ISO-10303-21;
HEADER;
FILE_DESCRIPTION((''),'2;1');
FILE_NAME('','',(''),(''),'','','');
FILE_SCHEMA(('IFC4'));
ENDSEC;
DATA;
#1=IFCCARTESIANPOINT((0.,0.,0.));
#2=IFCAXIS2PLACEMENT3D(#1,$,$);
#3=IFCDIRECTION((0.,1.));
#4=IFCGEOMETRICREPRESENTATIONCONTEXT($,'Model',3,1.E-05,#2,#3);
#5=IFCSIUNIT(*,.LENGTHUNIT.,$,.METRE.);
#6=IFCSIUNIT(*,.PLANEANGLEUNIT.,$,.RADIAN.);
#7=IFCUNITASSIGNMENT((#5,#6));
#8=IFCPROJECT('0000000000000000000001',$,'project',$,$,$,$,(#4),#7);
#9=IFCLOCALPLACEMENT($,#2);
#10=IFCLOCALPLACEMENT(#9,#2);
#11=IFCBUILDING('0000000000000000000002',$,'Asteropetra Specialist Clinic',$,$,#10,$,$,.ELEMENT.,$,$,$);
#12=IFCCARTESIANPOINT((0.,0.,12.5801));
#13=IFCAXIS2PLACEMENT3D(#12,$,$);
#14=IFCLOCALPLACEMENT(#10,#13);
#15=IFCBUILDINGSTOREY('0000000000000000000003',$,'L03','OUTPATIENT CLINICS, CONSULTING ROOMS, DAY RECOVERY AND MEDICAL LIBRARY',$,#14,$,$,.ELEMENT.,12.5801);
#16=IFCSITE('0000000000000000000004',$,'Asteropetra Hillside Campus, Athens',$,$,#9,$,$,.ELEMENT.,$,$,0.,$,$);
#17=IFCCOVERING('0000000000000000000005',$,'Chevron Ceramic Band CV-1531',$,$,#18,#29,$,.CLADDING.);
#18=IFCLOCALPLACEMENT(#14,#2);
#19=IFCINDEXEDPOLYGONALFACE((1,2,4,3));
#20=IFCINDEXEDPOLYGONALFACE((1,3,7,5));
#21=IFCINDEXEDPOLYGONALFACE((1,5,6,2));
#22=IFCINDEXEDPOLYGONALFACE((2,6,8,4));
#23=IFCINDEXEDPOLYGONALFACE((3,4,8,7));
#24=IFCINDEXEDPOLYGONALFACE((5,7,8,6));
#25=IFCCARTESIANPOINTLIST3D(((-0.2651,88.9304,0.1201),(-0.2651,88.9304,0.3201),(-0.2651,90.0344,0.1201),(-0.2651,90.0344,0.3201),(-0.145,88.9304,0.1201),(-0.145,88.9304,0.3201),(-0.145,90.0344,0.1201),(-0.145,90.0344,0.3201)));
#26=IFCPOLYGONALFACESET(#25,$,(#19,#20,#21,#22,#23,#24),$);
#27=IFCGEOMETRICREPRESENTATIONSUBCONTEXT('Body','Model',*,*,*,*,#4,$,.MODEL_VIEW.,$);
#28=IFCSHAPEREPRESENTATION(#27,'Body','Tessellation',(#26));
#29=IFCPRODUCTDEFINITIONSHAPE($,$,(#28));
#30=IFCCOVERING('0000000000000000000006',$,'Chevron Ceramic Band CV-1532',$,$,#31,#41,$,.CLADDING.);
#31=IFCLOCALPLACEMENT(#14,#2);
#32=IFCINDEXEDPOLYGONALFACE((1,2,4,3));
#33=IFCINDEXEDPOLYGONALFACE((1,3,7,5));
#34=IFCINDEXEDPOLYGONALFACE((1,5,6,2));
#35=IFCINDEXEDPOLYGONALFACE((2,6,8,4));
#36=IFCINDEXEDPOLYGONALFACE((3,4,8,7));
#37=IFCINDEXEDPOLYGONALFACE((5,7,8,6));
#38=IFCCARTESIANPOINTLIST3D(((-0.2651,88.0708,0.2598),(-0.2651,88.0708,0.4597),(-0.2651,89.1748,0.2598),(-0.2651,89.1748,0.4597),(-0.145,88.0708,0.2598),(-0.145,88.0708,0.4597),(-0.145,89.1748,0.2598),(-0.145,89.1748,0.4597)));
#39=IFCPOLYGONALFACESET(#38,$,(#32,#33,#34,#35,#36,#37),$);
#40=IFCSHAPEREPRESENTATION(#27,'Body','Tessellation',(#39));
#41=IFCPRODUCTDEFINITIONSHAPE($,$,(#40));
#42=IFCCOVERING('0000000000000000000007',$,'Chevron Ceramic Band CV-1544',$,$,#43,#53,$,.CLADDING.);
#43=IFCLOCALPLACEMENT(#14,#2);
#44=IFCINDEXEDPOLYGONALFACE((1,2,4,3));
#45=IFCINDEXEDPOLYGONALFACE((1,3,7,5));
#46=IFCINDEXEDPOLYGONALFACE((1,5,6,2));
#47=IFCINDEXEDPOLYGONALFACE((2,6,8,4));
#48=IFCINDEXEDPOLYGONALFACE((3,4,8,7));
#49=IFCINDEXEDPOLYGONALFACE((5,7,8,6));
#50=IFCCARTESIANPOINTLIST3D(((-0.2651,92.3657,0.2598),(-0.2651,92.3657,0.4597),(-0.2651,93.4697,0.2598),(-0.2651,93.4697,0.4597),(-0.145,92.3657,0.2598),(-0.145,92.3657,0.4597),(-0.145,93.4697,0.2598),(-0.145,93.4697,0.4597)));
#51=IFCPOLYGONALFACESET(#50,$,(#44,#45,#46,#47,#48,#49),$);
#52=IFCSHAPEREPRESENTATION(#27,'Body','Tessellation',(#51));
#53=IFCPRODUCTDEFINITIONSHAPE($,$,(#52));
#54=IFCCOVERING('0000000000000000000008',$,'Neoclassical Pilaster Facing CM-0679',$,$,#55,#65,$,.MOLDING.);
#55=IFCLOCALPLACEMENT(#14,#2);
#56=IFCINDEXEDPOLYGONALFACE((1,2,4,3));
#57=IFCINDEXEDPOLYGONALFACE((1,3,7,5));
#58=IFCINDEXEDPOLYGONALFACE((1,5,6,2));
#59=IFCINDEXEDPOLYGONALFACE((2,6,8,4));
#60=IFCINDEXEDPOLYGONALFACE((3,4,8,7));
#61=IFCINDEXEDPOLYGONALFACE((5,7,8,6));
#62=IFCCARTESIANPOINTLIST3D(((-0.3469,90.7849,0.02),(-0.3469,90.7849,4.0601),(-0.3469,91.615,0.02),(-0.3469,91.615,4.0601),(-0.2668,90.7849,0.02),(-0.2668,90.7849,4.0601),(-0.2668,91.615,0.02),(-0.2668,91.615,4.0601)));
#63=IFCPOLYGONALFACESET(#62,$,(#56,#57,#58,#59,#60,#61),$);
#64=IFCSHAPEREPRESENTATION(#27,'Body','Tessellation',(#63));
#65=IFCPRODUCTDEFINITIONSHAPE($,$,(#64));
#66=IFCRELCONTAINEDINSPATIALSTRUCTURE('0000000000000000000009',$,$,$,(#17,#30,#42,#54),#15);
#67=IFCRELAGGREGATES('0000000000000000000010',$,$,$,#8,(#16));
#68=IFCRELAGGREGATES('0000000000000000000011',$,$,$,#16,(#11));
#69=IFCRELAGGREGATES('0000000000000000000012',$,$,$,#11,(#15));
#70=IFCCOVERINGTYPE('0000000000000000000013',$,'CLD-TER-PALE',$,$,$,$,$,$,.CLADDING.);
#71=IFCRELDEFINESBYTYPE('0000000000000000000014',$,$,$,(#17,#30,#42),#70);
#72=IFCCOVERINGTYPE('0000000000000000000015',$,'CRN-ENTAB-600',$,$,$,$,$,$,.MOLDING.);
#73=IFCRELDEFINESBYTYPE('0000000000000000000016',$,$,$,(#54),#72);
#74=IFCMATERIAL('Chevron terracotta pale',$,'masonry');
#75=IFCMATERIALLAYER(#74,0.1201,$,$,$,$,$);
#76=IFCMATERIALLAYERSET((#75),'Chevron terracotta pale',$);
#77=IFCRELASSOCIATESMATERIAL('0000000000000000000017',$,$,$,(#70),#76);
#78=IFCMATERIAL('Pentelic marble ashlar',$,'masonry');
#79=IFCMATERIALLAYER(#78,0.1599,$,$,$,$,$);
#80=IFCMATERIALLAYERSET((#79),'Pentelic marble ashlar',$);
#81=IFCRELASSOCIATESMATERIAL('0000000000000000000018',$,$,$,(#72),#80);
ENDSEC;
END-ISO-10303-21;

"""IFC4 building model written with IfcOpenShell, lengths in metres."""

from ifc_helpers import new_model, si_unit, direction, frame, origin, origin_2d, place, context, subcontext, project, spatial, rectangle, extrude, material, layer, layer_set, type_object, element, save


model = new_model("IFC4")

# Units and contexts
model_context = context("Model", 3, precision=1e-05, world=origin(), true_north=direction((0.0, 1.0)))
body_context = subcontext(model_context, "Body", "Model", "MODEL_VIEW")
ifc_project = project(units=[si_unit("LENGTHUNIT", "METRE"), si_unit("PLANEANGLEUNIT", "RADIAN")], contexts=[model_context])

# Site, building, storey
site_placement = place(None, origin())
site = spatial("IfcSite", under=ifc_project, at=site_placement, Name="Asteropetra Hillside Campus, Athens", CompositionType="ELEMENT", RefElevation=0.0)
building_placement = place(site_placement, origin())
building = spatial("IfcBuilding", under=site, at=building_placement, Name="Asteropetra Specialist Clinic", CompositionType="ELEMENT")
storey_placement = place(building_placement, frame((0.0, 0.0, 12.5801)))
storey = spatial("IfcBuildingStorey", under=building, at=storey_placement, Name="L03", Description="OUTPATIENT CLINICS, CONSULTING ROOMS, DAY RECOVERY AND MEDICAL LIBRARY", CompositionType="ELEMENT", Elevation=12.5801)

# Coverings
ifc_material_1 = material(Name="Chevron terracotta pale", Category="masonry")
ifc_layer_1 = layer(ifc_material_1, 0.1201)
ifc_layer_set_1 = layer_set([ifc_layer_1], Name="Chevron terracotta pale")
covering_type_1 = type_object("IfcCoveringType", Name="CLD-TER-PALE", PredefinedType="CLADDING", material=ifc_layer_set_1)
for number, where, z_axis, x_axis, name in (
    (1, (-0.2051, 89.4824, 0.1201), (0.0, 0.0, 1.0), (1.0, 0.0, 0.0), "Chevron Ceramic Band CV-1531"),
    (2, (-0.2051, 88.6228, 0.2598), (0.0, 0.0, 1.0), (1.0, 0.0, 0.0), "Chevron Ceramic Band CV-1532"),
    (3, (-0.2051, 92.9177, 0.2598), (0.0, 0.0, 1.0), (1.0, 0.0, 0.0), "Chevron Ceramic Band CV-1544"),
):
    element("IfcCovering", number, at=place(storey_placement, frame(where, z_axis=z_axis, x_axis=x_axis)), inside=storey, type_object=covering_type_1, Name=name, PredefinedType="CLADDING", context=body_context, shape_type="SweptSolid", body=[
        extrude(rectangle(XDim=0.1201, YDim=1.104, at=origin_2d()), origin(), (0.0, 0.0, 1.0), 0.2),
    ])
ifc_material_2 = material(Name="Pentelic marble ashlar", Category="masonry")
ifc_layer_2 = layer(ifc_material_2, 0.1599)
ifc_layer_set_2 = layer_set([ifc_layer_2], Name="Pentelic marble ashlar")
covering_type_2 = type_object("IfcCoveringType", Name="CRN-ENTAB-600", PredefinedType="MOLDING", material=ifc_layer_set_2)
covering_placement = place(storey_placement, frame((-0.3069, 91.2, 0.02), z_axis=(0.0, 0.0, 1.0), x_axis=(1.0, 0.0, 0.0)))
element("IfcCovering", 4, at=covering_placement, inside=storey, type_object=covering_type_2, Name="Neoclassical Pilaster Facing CM-0679", PredefinedType="MOLDING", context=body_context, shape_type="SweptSolid", body=[
    extrude(rectangle(XDim=0.0801, YDim=0.8301, at=origin_2d()), origin(), (0.0, 0.0, 1.0), 4.04),
])

save(model, "model.ifc")
